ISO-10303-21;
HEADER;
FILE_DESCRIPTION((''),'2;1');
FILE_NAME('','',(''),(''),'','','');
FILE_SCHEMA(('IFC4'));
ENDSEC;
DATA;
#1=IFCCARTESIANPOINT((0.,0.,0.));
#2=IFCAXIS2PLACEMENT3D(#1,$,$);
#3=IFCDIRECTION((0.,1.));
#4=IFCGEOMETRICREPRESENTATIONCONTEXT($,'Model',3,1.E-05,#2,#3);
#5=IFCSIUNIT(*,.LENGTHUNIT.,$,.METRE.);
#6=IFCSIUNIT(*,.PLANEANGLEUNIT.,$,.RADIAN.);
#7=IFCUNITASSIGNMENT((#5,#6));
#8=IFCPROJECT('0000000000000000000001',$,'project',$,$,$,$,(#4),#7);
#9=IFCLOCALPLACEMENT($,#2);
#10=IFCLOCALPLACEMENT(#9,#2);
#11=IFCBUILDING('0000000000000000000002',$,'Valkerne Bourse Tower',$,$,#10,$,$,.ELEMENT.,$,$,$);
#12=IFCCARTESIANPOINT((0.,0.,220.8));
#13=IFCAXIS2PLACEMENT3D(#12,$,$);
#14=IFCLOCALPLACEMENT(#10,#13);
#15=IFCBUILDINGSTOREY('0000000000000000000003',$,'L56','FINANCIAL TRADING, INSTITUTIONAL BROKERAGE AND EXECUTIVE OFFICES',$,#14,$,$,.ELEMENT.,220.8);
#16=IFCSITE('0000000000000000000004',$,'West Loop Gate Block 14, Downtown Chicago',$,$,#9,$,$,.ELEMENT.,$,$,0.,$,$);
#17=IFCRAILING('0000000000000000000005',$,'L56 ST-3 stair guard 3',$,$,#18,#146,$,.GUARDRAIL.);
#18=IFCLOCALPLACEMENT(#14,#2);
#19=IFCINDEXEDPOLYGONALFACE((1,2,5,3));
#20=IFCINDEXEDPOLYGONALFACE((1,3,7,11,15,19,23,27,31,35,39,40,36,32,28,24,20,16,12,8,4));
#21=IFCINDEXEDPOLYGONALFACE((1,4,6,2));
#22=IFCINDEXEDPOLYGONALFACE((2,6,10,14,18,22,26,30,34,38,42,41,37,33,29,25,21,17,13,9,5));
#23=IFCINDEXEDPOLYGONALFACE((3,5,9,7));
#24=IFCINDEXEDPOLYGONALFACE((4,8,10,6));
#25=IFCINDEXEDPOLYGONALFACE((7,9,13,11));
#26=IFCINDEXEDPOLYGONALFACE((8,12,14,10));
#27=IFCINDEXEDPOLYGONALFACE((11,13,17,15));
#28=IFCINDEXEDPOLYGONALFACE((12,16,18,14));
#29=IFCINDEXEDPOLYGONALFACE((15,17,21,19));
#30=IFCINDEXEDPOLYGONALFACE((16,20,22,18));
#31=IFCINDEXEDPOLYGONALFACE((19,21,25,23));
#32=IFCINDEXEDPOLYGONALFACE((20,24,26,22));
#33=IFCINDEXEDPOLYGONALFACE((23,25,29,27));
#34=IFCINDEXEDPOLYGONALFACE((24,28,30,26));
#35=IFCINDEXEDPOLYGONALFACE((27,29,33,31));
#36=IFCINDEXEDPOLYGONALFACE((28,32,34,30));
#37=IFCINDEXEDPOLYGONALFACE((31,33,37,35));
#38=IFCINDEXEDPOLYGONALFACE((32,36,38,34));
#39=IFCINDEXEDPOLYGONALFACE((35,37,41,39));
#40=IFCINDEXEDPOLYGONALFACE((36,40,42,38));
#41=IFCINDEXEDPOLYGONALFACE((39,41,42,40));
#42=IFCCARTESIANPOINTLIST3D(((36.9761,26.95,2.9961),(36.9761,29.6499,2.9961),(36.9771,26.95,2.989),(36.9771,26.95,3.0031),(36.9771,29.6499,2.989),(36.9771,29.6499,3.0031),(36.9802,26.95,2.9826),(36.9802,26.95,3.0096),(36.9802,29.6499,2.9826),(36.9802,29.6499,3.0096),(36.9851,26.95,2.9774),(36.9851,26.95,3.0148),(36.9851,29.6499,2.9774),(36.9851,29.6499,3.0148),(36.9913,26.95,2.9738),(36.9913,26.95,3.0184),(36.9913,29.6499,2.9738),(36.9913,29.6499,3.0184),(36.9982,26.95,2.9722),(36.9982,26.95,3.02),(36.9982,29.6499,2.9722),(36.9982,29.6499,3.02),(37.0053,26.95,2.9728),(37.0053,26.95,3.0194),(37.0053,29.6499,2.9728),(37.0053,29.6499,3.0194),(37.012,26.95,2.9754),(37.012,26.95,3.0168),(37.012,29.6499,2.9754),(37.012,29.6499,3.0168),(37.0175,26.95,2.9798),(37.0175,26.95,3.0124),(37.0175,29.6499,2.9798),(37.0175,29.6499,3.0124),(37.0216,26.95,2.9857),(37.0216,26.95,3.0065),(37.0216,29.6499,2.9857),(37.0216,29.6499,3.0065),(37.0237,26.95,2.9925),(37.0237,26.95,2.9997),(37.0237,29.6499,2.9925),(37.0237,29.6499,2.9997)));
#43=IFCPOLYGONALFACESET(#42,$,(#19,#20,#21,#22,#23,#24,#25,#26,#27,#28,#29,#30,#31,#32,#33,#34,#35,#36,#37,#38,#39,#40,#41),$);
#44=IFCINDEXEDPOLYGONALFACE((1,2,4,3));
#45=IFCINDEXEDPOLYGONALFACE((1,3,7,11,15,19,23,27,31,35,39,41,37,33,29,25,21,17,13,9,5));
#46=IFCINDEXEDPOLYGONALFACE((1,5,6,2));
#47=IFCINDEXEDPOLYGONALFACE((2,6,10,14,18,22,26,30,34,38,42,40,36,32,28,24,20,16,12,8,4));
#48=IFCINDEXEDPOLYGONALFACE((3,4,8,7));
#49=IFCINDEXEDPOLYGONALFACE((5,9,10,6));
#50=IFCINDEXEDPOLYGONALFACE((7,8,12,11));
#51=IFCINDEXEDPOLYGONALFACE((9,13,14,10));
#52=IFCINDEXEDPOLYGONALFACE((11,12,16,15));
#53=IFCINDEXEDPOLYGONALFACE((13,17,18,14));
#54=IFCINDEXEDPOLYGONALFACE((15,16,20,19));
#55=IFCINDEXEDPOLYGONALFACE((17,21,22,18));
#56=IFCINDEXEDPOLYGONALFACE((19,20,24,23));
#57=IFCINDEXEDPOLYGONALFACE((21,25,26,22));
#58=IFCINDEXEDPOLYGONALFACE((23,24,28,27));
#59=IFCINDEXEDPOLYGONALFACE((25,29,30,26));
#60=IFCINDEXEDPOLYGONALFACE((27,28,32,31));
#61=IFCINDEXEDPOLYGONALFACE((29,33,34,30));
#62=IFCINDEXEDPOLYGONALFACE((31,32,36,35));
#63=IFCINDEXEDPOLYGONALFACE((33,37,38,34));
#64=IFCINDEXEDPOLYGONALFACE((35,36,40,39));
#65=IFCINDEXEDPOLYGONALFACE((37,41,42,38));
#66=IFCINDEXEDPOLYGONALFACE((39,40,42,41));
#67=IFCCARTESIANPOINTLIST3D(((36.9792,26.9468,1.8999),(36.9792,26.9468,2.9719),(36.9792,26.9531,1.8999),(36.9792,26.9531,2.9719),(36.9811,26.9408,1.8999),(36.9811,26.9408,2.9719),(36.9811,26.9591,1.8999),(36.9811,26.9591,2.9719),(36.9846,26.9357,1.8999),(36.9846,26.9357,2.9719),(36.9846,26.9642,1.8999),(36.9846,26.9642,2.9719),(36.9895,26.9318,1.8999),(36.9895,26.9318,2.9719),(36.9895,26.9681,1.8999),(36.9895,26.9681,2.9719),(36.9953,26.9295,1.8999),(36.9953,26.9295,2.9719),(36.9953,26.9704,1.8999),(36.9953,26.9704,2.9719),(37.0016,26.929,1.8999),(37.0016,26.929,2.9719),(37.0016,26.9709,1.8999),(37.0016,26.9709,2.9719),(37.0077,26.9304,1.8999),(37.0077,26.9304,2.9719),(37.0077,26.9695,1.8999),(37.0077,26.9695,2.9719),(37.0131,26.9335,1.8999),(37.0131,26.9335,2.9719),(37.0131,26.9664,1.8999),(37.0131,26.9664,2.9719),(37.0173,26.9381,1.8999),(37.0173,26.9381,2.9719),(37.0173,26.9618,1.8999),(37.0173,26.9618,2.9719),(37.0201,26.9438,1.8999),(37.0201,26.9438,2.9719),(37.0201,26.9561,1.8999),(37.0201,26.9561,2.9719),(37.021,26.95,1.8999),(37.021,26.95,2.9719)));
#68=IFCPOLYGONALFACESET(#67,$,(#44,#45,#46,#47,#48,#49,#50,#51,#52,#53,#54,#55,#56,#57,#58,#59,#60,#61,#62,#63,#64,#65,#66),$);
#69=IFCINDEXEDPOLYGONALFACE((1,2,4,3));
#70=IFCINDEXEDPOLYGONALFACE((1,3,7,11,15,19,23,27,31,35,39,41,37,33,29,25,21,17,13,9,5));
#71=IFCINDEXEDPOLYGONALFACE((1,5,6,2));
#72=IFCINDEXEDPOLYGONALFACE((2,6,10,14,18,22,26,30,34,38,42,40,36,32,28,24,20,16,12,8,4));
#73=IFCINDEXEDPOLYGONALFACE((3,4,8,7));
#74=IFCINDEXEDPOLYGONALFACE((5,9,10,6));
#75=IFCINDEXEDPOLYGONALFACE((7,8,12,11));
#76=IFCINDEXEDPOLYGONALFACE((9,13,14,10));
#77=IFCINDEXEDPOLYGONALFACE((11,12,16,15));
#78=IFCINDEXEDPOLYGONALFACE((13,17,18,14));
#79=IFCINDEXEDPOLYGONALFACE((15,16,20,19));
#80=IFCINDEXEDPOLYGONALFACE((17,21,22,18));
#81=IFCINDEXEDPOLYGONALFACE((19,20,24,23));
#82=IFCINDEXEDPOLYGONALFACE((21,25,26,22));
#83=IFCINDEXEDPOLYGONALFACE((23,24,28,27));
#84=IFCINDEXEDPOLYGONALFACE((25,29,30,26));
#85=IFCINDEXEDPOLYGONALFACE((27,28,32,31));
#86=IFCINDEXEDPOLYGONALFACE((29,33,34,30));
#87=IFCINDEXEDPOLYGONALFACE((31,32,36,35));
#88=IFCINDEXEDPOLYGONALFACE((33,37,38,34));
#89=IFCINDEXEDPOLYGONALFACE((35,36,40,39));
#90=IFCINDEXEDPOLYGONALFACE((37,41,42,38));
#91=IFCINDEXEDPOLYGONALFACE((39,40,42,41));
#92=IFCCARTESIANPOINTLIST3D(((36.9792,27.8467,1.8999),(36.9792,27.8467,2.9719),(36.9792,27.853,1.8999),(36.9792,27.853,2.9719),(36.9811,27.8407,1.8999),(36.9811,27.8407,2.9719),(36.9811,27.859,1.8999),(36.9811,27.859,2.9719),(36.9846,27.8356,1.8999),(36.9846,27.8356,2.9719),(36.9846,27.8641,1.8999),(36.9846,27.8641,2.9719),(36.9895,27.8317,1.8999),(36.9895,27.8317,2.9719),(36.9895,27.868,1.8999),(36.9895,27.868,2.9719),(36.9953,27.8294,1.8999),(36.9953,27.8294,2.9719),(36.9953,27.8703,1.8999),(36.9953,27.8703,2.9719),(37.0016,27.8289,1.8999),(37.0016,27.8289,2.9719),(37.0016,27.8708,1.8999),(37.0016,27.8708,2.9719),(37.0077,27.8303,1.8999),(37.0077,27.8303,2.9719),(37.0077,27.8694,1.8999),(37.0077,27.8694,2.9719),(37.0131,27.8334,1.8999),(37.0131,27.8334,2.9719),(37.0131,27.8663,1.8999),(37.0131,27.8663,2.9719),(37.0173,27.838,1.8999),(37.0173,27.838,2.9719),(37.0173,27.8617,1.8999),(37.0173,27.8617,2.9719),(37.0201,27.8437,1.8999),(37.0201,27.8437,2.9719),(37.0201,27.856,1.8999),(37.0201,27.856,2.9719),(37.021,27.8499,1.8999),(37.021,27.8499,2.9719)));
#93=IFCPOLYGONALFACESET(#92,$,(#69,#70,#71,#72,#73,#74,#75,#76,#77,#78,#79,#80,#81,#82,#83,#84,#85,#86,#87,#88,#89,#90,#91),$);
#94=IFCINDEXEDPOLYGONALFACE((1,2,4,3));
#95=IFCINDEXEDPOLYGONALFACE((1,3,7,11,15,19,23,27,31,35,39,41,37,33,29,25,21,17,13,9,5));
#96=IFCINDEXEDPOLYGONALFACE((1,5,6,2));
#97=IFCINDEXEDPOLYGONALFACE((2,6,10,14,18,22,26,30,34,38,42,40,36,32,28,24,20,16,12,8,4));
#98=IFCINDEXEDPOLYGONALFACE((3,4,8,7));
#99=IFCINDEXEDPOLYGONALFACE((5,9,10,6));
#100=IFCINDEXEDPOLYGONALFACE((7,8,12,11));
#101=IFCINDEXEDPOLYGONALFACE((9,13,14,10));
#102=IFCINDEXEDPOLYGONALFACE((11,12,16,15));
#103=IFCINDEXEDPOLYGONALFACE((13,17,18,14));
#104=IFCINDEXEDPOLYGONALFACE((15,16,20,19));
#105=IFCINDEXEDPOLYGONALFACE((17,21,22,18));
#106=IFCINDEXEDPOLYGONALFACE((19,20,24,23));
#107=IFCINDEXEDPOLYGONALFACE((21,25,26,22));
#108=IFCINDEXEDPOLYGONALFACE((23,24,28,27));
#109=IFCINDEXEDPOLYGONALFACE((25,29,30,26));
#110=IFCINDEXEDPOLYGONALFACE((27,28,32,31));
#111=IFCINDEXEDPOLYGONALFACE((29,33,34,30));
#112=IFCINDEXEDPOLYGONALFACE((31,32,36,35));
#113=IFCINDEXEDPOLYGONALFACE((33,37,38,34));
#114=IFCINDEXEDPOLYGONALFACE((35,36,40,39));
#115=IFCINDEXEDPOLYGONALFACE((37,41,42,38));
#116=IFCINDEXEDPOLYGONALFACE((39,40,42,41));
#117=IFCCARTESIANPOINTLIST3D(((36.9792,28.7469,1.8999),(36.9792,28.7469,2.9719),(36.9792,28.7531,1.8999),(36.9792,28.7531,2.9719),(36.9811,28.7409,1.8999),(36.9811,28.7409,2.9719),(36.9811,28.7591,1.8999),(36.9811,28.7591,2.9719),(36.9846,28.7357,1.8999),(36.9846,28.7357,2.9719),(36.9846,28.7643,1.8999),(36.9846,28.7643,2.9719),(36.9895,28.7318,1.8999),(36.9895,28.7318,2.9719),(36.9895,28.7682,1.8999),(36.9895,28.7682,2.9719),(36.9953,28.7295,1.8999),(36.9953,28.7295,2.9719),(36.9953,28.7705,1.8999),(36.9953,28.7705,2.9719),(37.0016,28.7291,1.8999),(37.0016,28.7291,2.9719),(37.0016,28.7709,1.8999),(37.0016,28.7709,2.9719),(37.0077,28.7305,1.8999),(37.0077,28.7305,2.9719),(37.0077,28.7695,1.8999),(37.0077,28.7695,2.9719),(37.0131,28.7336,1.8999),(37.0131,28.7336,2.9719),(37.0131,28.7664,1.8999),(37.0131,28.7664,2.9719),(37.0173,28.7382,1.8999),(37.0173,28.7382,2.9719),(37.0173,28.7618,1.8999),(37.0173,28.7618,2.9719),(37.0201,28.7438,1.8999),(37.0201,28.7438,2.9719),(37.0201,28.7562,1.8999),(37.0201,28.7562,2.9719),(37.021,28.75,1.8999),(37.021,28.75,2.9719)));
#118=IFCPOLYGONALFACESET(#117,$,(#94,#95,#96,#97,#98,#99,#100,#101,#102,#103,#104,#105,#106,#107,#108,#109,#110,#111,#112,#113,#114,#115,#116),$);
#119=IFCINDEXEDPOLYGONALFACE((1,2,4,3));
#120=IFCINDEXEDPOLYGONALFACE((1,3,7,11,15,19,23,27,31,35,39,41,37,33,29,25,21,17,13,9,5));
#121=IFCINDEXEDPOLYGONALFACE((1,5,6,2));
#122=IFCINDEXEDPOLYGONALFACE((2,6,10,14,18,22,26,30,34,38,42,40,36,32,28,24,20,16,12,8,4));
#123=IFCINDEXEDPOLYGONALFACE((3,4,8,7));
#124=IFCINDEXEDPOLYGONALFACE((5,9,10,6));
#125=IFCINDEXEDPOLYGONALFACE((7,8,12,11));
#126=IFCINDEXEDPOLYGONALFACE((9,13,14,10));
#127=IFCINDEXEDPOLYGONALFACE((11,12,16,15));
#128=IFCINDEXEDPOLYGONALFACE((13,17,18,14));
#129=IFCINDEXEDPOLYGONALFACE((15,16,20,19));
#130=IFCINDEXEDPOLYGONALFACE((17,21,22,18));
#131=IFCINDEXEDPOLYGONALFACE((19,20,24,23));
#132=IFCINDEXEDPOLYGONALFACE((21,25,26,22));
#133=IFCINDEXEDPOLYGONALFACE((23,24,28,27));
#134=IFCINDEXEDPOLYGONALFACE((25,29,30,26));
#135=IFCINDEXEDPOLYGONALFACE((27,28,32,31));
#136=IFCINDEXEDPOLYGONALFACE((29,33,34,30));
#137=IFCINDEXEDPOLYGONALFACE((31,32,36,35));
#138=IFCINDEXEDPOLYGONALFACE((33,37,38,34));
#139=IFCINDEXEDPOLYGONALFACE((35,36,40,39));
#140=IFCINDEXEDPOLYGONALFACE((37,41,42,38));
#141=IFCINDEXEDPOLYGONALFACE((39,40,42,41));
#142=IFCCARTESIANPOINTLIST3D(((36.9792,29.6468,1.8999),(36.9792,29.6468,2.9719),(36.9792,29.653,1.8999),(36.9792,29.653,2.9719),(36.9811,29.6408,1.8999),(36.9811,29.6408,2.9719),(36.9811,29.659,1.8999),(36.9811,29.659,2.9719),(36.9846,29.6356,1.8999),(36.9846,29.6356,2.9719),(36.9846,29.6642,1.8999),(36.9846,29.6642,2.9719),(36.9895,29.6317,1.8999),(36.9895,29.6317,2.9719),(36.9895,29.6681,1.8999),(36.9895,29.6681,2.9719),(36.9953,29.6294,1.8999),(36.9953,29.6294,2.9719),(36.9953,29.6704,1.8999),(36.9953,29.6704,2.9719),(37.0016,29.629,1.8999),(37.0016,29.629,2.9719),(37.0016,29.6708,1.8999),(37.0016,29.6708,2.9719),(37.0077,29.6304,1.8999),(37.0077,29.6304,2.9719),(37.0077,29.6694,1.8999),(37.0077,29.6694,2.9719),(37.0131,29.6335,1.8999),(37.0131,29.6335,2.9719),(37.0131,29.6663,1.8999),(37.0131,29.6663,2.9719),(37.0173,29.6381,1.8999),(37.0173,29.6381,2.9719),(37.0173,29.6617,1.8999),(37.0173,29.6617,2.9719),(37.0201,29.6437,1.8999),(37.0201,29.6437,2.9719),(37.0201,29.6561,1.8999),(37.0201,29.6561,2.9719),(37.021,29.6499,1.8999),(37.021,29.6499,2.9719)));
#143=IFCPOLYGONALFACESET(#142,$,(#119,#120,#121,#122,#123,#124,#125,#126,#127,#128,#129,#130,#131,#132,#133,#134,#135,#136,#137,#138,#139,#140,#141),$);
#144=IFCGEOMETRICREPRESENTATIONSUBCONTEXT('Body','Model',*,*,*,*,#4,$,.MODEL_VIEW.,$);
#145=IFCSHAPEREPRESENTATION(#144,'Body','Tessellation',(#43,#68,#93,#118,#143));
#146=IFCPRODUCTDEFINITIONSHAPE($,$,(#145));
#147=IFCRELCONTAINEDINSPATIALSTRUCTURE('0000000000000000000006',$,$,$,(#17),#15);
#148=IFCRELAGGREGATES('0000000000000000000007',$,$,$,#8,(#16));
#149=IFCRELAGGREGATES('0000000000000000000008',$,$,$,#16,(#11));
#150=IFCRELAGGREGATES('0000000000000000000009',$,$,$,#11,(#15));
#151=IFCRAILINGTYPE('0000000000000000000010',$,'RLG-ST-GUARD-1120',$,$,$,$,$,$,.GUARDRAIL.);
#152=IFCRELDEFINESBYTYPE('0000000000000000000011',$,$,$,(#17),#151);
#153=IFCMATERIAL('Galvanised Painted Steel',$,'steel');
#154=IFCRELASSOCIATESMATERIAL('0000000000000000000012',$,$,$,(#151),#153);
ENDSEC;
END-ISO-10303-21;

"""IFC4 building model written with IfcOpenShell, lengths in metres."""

from ifc_helpers import new_model, si_unit, direction, frame, origin, origin_2d, place, context, subcontext, project, spatial, circle, extrude, material, type_object, element, save


model = new_model("IFC4")

# Units and contexts
model_context = context("Model", 3, precision=1e-05, world=origin(), true_north=direction((0.0, 1.0)))
body_context = subcontext(model_context, "Body", "Model", "MODEL_VIEW")
ifc_project = project(units=[si_unit("LENGTHUNIT", "METRE"), si_unit("PLANEANGLEUNIT", "RADIAN")], contexts=[model_context])

# Site, building, storey
site_placement = place(None, origin())
site = spatial("IfcSite", under=ifc_project, at=site_placement, Name="West Loop Gate Block 14, Downtown Chicago", CompositionType="ELEMENT", RefElevation=0.0)
building_placement = place(site_placement, origin())
building = spatial("IfcBuilding", under=site, at=building_placement, Name="Valkerne Bourse Tower", CompositionType="ELEMENT")
storey_placement = place(building_placement, frame((0.0, 0.0, 220.8)))
storey = spatial("IfcBuildingStorey", under=building, at=storey_placement, Name="L56", Description="FINANCIAL TRADING, INSTITUTIONAL BROKERAGE AND EXECUTIVE OFFICES", CompositionType="ELEMENT", Elevation=220.8)

# Railing
ifc_material_1 = material(Name="Galvanised Painted Steel", Category="steel")
railing_type_1 = type_object("IfcRailingType", Name="RLG-ST-GUARD-1120", PredefinedType="GUARDRAIL", material=ifc_material_1)
railing_1_placement = place(storey_placement, frame((37.0, 26.95, 1.8999)))
element("IfcRailing", 1, at=railing_1_placement, inside=storey, type_object=railing_type_1, Name="L56 ST-3 stair guard 3", PredefinedType="GUARDRAIL", context=body_context, shape_type="SweptSolid", body=[
    extrude(circle(Radius=0.0239, at=origin_2d()), frame((0.0, 0.0, 1.0962), z_axis=(0.0, 1.0, 0.0), x_axis=(-1.0, 0.0, 0.0)), (0.0, 0.0, 1.0), 2.7),
    extrude(circle(Radius=0.021, at=origin_2d()), origin(), (0.0, 0.0, 1.0), 1.072),
    extrude(circle(Radius=0.021, at=origin_2d()), frame((0.0, 0.8999, 0.0)), (0.0, 0.0, 1.0), 1.072),
    extrude(circle(Radius=0.021, at=origin_2d()), frame((0.0, 1.8, 0.0)), (0.0, 0.0, 1.0), 1.072),
    extrude(circle(Radius=0.021, at=origin_2d()), frame((0.0, 2.7, 0.0)), (0.0, 0.0, 1.0), 1.072),
])

save(model, "model.ifc")
